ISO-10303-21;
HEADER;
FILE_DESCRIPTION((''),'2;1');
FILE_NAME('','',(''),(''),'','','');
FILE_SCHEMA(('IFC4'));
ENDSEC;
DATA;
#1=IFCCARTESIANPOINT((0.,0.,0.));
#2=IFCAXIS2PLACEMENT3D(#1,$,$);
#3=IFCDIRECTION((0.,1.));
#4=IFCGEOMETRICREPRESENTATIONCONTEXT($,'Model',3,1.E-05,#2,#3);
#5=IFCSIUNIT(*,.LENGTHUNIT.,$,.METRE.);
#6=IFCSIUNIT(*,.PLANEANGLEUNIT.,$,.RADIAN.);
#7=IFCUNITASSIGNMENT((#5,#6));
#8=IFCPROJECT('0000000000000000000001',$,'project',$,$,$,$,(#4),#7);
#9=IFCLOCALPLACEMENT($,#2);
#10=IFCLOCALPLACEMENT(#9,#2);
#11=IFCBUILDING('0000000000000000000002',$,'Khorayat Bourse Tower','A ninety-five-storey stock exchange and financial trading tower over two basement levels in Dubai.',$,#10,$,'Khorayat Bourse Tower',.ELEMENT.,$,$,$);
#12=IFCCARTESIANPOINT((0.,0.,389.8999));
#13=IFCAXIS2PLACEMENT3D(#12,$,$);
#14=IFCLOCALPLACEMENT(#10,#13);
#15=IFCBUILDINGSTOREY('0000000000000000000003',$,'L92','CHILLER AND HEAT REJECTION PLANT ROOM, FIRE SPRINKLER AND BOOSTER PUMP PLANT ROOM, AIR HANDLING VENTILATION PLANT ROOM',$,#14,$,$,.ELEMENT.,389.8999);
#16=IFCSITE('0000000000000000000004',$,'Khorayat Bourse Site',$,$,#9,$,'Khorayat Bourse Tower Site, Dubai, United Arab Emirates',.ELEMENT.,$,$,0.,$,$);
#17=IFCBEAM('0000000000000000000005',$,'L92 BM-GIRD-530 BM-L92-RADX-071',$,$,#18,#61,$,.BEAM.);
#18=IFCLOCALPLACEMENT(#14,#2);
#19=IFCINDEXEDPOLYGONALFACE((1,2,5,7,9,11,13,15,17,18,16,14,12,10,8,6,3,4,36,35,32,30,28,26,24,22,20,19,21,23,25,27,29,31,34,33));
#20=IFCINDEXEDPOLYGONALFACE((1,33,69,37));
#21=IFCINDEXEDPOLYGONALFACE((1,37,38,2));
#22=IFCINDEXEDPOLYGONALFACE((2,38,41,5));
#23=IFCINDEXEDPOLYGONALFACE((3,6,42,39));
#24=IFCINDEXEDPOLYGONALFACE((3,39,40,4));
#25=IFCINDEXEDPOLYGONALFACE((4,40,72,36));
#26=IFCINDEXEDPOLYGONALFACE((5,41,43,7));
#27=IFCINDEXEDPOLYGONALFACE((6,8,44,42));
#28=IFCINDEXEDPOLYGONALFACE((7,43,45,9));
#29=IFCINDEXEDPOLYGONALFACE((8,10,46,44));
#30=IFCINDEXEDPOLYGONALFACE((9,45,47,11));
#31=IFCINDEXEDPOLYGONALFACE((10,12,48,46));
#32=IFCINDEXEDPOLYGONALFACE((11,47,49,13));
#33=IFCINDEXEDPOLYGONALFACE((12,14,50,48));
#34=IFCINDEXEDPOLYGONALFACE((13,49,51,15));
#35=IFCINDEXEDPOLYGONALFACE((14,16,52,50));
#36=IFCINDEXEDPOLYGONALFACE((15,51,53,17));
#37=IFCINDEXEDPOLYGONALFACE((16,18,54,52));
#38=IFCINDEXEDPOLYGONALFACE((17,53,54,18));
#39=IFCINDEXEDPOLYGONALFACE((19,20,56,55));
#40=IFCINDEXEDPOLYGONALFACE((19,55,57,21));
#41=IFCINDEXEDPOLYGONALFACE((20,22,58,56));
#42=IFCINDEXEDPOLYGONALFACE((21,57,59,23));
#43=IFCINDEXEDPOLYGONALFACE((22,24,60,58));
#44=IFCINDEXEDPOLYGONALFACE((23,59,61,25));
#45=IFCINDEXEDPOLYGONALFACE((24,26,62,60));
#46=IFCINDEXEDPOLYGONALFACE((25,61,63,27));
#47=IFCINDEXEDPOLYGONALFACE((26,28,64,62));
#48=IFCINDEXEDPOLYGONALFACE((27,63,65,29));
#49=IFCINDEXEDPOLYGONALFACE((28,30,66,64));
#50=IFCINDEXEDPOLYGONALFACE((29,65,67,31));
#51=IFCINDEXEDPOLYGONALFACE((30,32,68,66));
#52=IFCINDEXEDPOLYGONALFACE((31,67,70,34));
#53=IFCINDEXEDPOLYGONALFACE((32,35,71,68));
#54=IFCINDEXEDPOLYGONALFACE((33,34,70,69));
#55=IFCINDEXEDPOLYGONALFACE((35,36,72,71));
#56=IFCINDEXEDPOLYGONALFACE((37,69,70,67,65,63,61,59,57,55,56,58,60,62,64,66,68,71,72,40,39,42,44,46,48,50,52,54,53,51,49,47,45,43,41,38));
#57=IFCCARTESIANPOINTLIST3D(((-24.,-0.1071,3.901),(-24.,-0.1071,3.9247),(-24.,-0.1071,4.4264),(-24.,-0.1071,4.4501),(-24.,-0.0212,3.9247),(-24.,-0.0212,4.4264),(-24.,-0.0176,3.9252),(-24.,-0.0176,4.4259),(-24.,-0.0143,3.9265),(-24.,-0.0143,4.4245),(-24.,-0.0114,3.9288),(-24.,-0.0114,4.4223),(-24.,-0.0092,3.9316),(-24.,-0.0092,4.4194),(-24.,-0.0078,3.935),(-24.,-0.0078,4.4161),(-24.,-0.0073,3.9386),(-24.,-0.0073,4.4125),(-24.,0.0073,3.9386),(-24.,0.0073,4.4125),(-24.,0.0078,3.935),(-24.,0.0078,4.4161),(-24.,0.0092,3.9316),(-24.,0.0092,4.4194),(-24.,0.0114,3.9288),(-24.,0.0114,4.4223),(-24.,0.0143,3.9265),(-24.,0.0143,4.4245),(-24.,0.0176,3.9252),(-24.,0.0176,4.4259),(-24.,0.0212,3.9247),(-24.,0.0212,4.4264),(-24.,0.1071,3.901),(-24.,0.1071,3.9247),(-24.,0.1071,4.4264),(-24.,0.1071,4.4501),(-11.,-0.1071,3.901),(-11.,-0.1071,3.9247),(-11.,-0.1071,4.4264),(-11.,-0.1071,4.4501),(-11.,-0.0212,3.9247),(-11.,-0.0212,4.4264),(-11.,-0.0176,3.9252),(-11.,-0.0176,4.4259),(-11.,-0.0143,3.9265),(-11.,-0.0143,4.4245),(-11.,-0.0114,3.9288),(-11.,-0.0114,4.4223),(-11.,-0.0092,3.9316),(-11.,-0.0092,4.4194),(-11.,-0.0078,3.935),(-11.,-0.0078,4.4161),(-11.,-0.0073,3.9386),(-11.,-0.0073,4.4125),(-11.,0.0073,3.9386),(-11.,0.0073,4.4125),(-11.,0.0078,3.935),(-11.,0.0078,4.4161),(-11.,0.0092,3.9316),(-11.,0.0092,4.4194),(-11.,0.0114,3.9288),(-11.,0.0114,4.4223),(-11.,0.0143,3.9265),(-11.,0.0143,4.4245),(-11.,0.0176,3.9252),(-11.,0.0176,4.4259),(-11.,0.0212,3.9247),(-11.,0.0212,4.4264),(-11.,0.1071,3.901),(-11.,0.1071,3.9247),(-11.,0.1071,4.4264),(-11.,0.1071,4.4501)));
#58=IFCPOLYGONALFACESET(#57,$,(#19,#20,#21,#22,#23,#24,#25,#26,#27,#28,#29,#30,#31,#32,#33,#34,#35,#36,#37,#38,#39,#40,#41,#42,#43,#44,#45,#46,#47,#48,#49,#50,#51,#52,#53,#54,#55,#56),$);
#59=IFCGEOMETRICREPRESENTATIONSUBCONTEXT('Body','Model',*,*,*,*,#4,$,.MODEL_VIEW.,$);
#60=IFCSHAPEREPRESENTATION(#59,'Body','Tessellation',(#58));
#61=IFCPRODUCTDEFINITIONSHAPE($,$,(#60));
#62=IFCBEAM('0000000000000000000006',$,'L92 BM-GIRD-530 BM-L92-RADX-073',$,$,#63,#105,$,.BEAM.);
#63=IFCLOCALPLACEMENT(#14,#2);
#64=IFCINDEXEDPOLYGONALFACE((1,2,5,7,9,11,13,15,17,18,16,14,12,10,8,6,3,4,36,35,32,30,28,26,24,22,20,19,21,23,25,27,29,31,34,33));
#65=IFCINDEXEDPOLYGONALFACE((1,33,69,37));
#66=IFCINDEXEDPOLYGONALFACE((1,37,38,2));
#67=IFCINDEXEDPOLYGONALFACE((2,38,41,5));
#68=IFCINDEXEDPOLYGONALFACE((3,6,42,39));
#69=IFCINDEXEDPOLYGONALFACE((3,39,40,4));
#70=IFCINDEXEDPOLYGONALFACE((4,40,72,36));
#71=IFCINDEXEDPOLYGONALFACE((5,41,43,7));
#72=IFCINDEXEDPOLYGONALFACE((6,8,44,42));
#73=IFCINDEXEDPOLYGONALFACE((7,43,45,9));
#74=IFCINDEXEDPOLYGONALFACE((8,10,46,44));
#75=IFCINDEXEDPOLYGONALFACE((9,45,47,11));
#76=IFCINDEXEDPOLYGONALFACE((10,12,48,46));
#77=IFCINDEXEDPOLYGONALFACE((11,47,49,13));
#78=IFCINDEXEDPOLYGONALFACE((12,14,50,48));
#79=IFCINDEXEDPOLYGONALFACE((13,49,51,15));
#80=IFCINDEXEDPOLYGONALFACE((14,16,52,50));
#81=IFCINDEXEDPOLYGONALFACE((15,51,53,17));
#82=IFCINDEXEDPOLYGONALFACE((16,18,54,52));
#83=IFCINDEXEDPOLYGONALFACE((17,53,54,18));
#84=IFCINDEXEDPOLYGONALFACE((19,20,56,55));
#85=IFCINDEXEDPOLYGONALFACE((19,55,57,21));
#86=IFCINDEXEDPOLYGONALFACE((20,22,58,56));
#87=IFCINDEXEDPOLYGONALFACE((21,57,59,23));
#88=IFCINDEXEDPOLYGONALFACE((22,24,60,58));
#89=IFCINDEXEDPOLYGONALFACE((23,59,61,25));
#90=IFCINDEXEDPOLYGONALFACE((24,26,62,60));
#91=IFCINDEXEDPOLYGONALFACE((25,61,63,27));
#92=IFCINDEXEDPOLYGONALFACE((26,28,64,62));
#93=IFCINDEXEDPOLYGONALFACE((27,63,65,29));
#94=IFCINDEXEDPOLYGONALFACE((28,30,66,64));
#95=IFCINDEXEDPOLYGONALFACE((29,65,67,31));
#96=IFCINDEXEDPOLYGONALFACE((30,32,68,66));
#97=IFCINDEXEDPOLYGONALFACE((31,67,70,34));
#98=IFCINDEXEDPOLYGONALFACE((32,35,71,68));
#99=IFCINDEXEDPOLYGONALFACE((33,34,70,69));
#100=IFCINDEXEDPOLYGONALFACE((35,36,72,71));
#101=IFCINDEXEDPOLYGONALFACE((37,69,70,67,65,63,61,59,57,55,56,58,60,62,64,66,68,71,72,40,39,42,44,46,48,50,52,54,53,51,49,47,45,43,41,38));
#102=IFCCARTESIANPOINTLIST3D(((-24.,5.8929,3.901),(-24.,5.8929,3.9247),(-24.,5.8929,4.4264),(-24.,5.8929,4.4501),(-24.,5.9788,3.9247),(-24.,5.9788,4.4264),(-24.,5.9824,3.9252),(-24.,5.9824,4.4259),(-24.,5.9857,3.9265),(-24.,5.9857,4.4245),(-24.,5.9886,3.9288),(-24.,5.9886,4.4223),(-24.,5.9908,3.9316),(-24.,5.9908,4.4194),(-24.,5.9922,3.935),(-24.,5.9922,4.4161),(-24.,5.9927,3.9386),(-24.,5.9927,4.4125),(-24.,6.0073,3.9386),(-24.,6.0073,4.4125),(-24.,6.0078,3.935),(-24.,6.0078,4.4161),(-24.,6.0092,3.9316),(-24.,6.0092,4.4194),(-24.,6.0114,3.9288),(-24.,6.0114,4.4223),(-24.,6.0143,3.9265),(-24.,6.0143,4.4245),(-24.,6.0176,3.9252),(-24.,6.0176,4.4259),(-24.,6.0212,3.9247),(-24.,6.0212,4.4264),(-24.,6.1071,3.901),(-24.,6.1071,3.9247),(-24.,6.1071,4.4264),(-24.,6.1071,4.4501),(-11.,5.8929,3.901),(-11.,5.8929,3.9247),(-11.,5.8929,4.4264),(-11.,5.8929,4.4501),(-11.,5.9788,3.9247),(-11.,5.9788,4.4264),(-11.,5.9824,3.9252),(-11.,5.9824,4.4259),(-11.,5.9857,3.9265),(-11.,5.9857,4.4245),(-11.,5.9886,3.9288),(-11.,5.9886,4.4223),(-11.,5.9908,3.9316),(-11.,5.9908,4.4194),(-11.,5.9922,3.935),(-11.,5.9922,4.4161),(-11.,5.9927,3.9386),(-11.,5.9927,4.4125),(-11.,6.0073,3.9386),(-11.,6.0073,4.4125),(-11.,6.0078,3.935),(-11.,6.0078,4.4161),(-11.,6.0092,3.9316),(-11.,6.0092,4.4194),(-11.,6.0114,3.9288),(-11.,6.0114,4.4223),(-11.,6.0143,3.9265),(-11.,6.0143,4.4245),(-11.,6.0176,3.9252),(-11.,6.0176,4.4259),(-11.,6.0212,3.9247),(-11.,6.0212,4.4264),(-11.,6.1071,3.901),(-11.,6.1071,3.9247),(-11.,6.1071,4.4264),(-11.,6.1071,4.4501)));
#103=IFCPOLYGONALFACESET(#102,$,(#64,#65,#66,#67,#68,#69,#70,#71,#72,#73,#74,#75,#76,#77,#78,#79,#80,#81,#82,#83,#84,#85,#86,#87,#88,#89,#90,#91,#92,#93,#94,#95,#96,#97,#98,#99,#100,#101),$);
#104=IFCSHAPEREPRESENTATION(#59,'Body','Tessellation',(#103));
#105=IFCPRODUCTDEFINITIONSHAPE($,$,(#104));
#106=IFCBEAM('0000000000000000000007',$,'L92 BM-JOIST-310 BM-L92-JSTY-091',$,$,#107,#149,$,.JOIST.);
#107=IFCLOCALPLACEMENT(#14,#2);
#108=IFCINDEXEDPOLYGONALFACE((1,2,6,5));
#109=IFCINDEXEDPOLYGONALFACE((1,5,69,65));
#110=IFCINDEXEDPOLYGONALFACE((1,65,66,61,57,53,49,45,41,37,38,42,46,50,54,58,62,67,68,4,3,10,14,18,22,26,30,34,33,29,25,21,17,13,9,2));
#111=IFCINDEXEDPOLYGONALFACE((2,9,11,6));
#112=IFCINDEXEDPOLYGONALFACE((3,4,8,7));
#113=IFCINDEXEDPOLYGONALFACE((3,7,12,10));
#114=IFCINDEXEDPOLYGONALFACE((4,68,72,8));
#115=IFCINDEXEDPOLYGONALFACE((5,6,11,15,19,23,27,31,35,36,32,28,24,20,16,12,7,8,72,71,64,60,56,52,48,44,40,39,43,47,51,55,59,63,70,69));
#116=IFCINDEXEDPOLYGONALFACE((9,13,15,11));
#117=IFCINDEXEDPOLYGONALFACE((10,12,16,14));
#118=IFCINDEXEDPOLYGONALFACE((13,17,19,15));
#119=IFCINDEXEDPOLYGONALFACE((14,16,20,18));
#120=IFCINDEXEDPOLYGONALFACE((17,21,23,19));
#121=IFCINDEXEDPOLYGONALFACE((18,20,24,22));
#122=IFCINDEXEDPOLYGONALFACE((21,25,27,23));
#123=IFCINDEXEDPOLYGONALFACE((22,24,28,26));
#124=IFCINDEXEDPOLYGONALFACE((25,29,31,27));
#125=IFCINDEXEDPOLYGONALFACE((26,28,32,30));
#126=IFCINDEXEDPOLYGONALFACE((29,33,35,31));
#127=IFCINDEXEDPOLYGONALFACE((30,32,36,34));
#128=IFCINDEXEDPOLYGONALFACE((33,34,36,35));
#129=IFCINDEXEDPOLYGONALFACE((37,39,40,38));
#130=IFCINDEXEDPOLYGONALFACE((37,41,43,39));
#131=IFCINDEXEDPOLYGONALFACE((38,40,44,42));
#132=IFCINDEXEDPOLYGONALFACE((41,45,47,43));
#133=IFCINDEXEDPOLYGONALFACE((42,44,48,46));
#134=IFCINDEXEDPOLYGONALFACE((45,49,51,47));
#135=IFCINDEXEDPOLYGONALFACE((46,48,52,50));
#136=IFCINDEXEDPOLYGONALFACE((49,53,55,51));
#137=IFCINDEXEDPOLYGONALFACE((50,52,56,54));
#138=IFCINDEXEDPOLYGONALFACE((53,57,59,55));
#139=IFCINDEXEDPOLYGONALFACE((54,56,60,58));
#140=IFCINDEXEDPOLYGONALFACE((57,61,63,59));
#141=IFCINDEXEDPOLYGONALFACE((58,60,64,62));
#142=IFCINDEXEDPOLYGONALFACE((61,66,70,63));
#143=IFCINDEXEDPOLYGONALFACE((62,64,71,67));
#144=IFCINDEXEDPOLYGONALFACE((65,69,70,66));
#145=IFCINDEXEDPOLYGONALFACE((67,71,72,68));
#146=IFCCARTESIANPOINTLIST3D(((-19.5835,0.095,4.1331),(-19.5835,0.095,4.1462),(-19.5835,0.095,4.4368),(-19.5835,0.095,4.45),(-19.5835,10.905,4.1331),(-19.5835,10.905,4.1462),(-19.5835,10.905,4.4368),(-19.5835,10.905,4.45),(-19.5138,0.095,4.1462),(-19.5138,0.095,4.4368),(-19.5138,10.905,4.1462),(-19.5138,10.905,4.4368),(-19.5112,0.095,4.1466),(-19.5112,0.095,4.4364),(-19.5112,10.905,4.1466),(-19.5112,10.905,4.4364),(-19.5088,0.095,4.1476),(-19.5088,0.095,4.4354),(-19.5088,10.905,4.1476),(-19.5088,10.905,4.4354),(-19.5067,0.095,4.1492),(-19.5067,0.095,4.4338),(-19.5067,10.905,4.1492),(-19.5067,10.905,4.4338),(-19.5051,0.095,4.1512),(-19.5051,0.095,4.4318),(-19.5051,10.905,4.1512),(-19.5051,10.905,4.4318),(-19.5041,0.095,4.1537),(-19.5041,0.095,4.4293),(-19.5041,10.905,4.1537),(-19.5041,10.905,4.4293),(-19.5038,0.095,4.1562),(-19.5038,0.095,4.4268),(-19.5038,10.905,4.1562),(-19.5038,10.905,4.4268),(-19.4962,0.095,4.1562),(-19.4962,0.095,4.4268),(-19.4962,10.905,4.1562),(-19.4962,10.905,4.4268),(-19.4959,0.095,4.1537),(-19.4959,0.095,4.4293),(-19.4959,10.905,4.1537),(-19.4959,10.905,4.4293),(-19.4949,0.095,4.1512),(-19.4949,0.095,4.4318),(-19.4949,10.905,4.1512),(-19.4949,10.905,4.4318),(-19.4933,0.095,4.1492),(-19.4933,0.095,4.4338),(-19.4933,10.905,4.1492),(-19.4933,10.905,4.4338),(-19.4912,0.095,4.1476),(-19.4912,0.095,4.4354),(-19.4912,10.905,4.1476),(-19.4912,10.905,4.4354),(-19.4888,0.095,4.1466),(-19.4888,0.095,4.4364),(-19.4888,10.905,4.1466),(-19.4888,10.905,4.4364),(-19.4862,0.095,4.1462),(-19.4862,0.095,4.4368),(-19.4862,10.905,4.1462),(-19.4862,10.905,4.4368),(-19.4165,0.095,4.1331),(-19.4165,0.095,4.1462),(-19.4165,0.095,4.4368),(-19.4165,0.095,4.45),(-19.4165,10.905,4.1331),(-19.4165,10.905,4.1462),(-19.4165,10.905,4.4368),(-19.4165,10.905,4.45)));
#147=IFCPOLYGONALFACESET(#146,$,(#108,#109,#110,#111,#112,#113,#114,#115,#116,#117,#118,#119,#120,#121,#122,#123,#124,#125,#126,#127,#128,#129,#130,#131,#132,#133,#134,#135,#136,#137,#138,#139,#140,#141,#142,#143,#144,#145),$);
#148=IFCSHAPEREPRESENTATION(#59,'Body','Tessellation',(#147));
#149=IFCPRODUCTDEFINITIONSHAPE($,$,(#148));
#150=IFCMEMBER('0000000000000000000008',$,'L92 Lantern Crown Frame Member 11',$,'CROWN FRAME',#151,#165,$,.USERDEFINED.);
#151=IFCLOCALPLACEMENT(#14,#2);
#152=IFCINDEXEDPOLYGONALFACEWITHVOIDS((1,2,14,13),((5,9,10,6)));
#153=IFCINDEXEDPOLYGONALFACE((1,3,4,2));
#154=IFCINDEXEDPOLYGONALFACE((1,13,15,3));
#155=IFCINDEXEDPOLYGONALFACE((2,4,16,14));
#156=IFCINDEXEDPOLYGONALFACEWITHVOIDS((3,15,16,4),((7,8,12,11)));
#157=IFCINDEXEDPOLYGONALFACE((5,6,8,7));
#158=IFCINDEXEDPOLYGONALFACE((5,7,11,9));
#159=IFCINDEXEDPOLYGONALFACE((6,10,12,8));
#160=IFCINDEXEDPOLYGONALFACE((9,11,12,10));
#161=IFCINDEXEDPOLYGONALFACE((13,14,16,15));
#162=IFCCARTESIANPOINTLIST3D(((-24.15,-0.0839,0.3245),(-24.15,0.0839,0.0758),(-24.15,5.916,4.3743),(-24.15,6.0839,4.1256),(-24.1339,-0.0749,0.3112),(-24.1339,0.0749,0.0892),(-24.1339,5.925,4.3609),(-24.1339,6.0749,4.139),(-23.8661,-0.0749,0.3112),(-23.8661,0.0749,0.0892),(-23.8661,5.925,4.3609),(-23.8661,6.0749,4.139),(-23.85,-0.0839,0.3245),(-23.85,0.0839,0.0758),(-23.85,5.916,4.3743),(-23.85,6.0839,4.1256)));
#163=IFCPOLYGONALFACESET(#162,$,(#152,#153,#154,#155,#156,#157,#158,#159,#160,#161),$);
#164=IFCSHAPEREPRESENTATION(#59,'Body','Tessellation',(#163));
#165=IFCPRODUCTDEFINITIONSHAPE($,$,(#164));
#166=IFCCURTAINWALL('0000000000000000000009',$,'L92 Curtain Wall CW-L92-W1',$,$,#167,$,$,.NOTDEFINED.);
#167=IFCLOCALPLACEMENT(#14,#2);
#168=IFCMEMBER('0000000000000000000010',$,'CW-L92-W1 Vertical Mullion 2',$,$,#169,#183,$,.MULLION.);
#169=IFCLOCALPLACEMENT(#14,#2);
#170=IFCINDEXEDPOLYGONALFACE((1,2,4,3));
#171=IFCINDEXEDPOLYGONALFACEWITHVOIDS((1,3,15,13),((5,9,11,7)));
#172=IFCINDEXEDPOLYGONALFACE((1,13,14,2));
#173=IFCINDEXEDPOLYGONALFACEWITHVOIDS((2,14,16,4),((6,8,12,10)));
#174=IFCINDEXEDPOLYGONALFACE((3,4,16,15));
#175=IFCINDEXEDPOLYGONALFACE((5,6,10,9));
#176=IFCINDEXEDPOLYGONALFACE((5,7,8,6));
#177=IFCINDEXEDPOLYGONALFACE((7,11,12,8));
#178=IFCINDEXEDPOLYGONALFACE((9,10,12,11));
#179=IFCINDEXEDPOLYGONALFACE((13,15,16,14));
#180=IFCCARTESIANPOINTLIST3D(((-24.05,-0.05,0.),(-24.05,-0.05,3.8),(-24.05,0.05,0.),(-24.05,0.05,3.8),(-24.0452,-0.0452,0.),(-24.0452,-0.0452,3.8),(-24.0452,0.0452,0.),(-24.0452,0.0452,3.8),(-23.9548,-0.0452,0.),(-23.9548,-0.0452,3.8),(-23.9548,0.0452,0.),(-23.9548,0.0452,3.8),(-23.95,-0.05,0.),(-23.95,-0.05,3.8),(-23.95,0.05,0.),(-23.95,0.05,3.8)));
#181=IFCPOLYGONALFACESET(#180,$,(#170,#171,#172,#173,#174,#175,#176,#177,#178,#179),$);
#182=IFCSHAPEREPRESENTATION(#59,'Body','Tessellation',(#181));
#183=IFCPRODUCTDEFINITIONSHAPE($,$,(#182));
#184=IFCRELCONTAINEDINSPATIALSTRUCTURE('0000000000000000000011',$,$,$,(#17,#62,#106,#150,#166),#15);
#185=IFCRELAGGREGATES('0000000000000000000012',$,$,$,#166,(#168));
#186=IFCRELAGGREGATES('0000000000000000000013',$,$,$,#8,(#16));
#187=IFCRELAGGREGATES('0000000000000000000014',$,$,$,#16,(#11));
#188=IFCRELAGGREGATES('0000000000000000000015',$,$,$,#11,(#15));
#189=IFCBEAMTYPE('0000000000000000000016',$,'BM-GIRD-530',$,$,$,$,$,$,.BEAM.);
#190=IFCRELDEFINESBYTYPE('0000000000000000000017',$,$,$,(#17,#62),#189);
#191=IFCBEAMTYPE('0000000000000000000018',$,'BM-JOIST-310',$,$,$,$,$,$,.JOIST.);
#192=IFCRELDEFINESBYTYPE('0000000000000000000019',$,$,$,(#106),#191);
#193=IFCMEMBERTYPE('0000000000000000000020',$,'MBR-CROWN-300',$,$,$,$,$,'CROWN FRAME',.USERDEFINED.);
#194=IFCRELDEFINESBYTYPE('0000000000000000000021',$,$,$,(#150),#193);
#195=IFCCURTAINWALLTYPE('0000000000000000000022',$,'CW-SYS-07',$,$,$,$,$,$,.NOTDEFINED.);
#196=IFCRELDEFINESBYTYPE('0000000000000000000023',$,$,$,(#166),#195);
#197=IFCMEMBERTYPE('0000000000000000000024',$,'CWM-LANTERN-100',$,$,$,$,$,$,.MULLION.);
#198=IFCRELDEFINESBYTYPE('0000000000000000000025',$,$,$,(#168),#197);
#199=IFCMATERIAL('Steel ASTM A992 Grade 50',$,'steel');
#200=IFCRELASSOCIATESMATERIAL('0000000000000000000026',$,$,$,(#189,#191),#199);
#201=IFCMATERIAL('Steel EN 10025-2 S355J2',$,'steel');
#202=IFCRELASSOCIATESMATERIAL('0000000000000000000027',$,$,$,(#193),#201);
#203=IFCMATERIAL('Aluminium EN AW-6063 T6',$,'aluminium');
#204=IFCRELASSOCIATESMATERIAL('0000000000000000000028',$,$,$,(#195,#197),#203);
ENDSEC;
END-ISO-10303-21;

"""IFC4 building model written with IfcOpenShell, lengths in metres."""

from ifc_helpers import new_model, si_unit, direction, frame, origin, origin_2d, place, context, subcontext, project, spatial, hollow_rectangle, i_section, extrude, source, transform, mapped, material, material_profile, profile_set, type_object, element, aggregate, save


model = new_model("IFC4")

# Units and contexts
model_context = context("Model", 3, precision=1e-05, world=origin(), true_north=direction((0.0, 1.0)))
body_context = subcontext(model_context, "Body", "Model", "MODEL_VIEW")
ifc_project = project(units=[si_unit("LENGTHUNIT", "METRE"), si_unit("PLANEANGLEUNIT", "RADIAN")], contexts=[model_context])

# Site, building, storey
site_placement = place(None, origin())
site = spatial("IfcSite", under=ifc_project, at=site_placement, Name="Khorayat Bourse Site", LongName="Khorayat Bourse Tower Site, Dubai, United Arab Emirates", CompositionType="ELEMENT", RefElevation=0.0)
building_placement = place(site_placement, origin())
building = spatial("IfcBuilding", under=site, at=building_placement, Name="Khorayat Bourse Tower", Description="A ninety-five-storey stock exchange and financial trading tower over two basement levels in Dubai.", LongName="Khorayat Bourse Tower", CompositionType="ELEMENT")
storey_placement = place(building_placement, frame((0.0, 0.0, 389.8999)))
storey = spatial("IfcBuildingStorey", under=building, at=storey_placement, Name="L92", Description="CHILLER AND HEAT REJECTION PLANT ROOM, FIRE SPRINKLER AND BOOSTER PUMP PLANT ROOM, AIR HANDLING VENTILATION PLANT ROOM", CompositionType="ELEMENT", Elevation=389.8999)

# Shared definitions
ifc_material_1 = material(Name="Steel EN 10025-2 S355J2", Category="steel")

# Beams
ifc_material_2 = material(Name="Steel ASTM A992 Grade 50", Category="steel")
ifc_material_profile_1 = material_profile(ifc_material_2, i_section(OverallWidth=0.2141, OverallDepth=0.5491, WebThickness=0.0146, FlangeThickness=0.0237, FilletRadius=0.0139, at=origin_2d()), Name="W530X138")
ifc_profile_set_1 = profile_set([ifc_material_profile_1], Name="Steel ASTM A992 Grade 50")
beam_type_1 = type_object("IfcBeamType", Name="BM-GIRD-530", PredefinedType="BEAM", material=ifc_profile_set_1)
shared_shape_1 = source(origin(), body_context, "Body", "SweptSolid", [
    extrude(i_section(OverallWidth=0.2141, OverallDepth=0.5491, WebThickness=0.0146, FlangeThickness=0.0237, FilletRadius=0.0139, at=origin_2d()), origin(), (0.0, 0.0, 1.0), 13.0),
])
for number, where, z_axis, x_axis, name in (
    (1, (-24.0, 0.0, 4.1755), (1.0, 0.0, 0.0), (0.0, 1.0, 0.0), "L92 BM-GIRD-530 BM-L92-RADX-071"),
    (2, (-24.0, 6.0, 4.1755), (1.0, 0.0, 0.0), (0.0, 1.0, 0.0), "L92 BM-GIRD-530 BM-L92-RADX-073"),
):
    element("IfcBeam", number, at=place(storey_placement, frame(where, z_axis=z_axis, x_axis=x_axis)), inside=storey, type_object=beam_type_1, Name=name, PredefinedType="BEAM", context=body_context, shape_type="MappedRepresentation", body=[
        mapped(shared_shape_1, transform((0.0, 0.0, 0.0), scale=1.0)),
    ])
ifc_material_profile_2 = material_profile(ifc_material_2, i_section(OverallWidth=0.167, OverallDepth=0.3169, WebThickness=0.0076, FlangeThickness=0.0132, FilletRadius=0.01, at=origin_2d()), Name="W310X52")
ifc_profile_set_2 = profile_set([ifc_material_profile_2], Name="Steel ASTM A992 Grade 50")
beam_type_2 = type_object("IfcBeamType", Name="BM-JOIST-310", PredefinedType="JOIST", material=ifc_profile_set_2)
shared_shape_2 = source(origin(), body_context, "Body", "SweptSolid", [
    extrude(i_section(OverallWidth=0.167, OverallDepth=0.3169, WebThickness=0.0076, FlangeThickness=0.0132, FilletRadius=0.01, at=origin_2d()), origin(), (0.0, 0.0, 1.0), 10.8101),
])
beam_1_placement = place(storey_placement, frame((-19.5, 0.095, 4.2915), z_axis=(0.0, 1.0, 0.0), x_axis=(-1.0, 0.0, 0.0)))
element("IfcBeam", 3, at=beam_1_placement, inside=storey, type_object=beam_type_2, Name="L92 BM-JOIST-310 BM-L92-JSTY-091", PredefinedType="JOIST", context=body_context, shape_type="MappedRepresentation", body=[
    mapped(shared_shape_2, transform((0.0, 0.0, 0.0), scale=1.0)),
])

# Member
ifc_material_profile_3 = material_profile(ifc_material_1, hollow_rectangle(XDim=0.3, YDim=0.3, WallThickness=0.0161, at=origin_2d()), Name="HSS 300x300x16")
ifc_profile_set_3 = profile_set([ifc_material_profile_3], Name="Steel EN 10025-2 S355J2")
member_type_1 = type_object("IfcMemberType", Name="MBR-CROWN-300", ElementType="CROWN FRAME", PredefinedType="USERDEFINED", material=ifc_profile_set_3)
shared_shape_3 = source(origin(), body_context, "Body", "SweptSolid", [
    extrude(hollow_rectangle(XDim=0.3, YDim=0.3, WallThickness=0.0161, at=origin_2d()), origin(), (0.0, 0.0, 1.0), 7.2388),
])
member_1_placement = place(storey_placement, frame((-24.0, 0.0, 0.2002), z_axis=(0.0, 0.828861, 0.559454), x_axis=(-1.0, 0.0, 0.0)))
element("IfcMember", 4, at=member_1_placement, inside=storey, type_object=member_type_1, Name="L92 Lantern Crown Frame Member 11", ObjectType="CROWN FRAME", PredefinedType="USERDEFINED", context=body_context, shape_type="MappedRepresentation", body=[
    mapped(shared_shape_3, transform((0.0, 0.0, 0.0), scale=1.0)),
])

# Curtain wall, member
ifc_material_3 = material(Name="Aluminium EN AW-6063 T6", Category="aluminium")
curtain_wall_type = type_object("IfcCurtainWallType", Name="CW-SYS-07", PredefinedType="NOTDEFINED", material=ifc_material_3)
curtain_wall_placement = place(storey_placement, origin())
curtain_wall = element("IfcCurtainWall", 5, at=curtain_wall_placement, inside=storey, type_object=curtain_wall_type, Name="L92 Curtain Wall CW-L92-W1", PredefinedType="NOTDEFINED")
ifc_material_profile_4 = material_profile(ifc_material_3, hollow_rectangle(XDim=0.1001, YDim=0.1001, WallThickness=0.0049, at=origin_2d()), Name="ALU 100x100x5")
ifc_profile_set_4 = profile_set([ifc_material_profile_4], Name="Aluminium EN AW-6063 T6")
member_type_2 = type_object("IfcMemberType", Name="CWM-LANTERN-100", PredefinedType="MULLION", material=ifc_profile_set_4)
shared_shape_4 = source(origin(), body_context, "Body", "SweptSolid", [
    extrude(hollow_rectangle(XDim=0.1001, YDim=0.1001, WallThickness=0.0049, at=origin_2d()), origin(), (0.0, 0.0, 1.0), 3.8),
])
member_2_placement = place(storey_placement, frame((-24.0, 0.0, 0.0), z_axis=(0.0, 0.0, 1.0), x_axis=(-1.0, 0.0, 0.0)))
member_2 = element("IfcMember", 6, at=member_2_placement, type_object=member_type_2, Name="CW-L92-W1 Vertical Mullion 2", PredefinedType="MULLION", context=body_context, shape_type="MappedRepresentation", body=[
    mapped(shared_shape_4, transform((0.0, 0.0, 0.0), scale=1.0)),
])

aggregate(curtain_wall, [member_2])

save(model, "model.ifc")
